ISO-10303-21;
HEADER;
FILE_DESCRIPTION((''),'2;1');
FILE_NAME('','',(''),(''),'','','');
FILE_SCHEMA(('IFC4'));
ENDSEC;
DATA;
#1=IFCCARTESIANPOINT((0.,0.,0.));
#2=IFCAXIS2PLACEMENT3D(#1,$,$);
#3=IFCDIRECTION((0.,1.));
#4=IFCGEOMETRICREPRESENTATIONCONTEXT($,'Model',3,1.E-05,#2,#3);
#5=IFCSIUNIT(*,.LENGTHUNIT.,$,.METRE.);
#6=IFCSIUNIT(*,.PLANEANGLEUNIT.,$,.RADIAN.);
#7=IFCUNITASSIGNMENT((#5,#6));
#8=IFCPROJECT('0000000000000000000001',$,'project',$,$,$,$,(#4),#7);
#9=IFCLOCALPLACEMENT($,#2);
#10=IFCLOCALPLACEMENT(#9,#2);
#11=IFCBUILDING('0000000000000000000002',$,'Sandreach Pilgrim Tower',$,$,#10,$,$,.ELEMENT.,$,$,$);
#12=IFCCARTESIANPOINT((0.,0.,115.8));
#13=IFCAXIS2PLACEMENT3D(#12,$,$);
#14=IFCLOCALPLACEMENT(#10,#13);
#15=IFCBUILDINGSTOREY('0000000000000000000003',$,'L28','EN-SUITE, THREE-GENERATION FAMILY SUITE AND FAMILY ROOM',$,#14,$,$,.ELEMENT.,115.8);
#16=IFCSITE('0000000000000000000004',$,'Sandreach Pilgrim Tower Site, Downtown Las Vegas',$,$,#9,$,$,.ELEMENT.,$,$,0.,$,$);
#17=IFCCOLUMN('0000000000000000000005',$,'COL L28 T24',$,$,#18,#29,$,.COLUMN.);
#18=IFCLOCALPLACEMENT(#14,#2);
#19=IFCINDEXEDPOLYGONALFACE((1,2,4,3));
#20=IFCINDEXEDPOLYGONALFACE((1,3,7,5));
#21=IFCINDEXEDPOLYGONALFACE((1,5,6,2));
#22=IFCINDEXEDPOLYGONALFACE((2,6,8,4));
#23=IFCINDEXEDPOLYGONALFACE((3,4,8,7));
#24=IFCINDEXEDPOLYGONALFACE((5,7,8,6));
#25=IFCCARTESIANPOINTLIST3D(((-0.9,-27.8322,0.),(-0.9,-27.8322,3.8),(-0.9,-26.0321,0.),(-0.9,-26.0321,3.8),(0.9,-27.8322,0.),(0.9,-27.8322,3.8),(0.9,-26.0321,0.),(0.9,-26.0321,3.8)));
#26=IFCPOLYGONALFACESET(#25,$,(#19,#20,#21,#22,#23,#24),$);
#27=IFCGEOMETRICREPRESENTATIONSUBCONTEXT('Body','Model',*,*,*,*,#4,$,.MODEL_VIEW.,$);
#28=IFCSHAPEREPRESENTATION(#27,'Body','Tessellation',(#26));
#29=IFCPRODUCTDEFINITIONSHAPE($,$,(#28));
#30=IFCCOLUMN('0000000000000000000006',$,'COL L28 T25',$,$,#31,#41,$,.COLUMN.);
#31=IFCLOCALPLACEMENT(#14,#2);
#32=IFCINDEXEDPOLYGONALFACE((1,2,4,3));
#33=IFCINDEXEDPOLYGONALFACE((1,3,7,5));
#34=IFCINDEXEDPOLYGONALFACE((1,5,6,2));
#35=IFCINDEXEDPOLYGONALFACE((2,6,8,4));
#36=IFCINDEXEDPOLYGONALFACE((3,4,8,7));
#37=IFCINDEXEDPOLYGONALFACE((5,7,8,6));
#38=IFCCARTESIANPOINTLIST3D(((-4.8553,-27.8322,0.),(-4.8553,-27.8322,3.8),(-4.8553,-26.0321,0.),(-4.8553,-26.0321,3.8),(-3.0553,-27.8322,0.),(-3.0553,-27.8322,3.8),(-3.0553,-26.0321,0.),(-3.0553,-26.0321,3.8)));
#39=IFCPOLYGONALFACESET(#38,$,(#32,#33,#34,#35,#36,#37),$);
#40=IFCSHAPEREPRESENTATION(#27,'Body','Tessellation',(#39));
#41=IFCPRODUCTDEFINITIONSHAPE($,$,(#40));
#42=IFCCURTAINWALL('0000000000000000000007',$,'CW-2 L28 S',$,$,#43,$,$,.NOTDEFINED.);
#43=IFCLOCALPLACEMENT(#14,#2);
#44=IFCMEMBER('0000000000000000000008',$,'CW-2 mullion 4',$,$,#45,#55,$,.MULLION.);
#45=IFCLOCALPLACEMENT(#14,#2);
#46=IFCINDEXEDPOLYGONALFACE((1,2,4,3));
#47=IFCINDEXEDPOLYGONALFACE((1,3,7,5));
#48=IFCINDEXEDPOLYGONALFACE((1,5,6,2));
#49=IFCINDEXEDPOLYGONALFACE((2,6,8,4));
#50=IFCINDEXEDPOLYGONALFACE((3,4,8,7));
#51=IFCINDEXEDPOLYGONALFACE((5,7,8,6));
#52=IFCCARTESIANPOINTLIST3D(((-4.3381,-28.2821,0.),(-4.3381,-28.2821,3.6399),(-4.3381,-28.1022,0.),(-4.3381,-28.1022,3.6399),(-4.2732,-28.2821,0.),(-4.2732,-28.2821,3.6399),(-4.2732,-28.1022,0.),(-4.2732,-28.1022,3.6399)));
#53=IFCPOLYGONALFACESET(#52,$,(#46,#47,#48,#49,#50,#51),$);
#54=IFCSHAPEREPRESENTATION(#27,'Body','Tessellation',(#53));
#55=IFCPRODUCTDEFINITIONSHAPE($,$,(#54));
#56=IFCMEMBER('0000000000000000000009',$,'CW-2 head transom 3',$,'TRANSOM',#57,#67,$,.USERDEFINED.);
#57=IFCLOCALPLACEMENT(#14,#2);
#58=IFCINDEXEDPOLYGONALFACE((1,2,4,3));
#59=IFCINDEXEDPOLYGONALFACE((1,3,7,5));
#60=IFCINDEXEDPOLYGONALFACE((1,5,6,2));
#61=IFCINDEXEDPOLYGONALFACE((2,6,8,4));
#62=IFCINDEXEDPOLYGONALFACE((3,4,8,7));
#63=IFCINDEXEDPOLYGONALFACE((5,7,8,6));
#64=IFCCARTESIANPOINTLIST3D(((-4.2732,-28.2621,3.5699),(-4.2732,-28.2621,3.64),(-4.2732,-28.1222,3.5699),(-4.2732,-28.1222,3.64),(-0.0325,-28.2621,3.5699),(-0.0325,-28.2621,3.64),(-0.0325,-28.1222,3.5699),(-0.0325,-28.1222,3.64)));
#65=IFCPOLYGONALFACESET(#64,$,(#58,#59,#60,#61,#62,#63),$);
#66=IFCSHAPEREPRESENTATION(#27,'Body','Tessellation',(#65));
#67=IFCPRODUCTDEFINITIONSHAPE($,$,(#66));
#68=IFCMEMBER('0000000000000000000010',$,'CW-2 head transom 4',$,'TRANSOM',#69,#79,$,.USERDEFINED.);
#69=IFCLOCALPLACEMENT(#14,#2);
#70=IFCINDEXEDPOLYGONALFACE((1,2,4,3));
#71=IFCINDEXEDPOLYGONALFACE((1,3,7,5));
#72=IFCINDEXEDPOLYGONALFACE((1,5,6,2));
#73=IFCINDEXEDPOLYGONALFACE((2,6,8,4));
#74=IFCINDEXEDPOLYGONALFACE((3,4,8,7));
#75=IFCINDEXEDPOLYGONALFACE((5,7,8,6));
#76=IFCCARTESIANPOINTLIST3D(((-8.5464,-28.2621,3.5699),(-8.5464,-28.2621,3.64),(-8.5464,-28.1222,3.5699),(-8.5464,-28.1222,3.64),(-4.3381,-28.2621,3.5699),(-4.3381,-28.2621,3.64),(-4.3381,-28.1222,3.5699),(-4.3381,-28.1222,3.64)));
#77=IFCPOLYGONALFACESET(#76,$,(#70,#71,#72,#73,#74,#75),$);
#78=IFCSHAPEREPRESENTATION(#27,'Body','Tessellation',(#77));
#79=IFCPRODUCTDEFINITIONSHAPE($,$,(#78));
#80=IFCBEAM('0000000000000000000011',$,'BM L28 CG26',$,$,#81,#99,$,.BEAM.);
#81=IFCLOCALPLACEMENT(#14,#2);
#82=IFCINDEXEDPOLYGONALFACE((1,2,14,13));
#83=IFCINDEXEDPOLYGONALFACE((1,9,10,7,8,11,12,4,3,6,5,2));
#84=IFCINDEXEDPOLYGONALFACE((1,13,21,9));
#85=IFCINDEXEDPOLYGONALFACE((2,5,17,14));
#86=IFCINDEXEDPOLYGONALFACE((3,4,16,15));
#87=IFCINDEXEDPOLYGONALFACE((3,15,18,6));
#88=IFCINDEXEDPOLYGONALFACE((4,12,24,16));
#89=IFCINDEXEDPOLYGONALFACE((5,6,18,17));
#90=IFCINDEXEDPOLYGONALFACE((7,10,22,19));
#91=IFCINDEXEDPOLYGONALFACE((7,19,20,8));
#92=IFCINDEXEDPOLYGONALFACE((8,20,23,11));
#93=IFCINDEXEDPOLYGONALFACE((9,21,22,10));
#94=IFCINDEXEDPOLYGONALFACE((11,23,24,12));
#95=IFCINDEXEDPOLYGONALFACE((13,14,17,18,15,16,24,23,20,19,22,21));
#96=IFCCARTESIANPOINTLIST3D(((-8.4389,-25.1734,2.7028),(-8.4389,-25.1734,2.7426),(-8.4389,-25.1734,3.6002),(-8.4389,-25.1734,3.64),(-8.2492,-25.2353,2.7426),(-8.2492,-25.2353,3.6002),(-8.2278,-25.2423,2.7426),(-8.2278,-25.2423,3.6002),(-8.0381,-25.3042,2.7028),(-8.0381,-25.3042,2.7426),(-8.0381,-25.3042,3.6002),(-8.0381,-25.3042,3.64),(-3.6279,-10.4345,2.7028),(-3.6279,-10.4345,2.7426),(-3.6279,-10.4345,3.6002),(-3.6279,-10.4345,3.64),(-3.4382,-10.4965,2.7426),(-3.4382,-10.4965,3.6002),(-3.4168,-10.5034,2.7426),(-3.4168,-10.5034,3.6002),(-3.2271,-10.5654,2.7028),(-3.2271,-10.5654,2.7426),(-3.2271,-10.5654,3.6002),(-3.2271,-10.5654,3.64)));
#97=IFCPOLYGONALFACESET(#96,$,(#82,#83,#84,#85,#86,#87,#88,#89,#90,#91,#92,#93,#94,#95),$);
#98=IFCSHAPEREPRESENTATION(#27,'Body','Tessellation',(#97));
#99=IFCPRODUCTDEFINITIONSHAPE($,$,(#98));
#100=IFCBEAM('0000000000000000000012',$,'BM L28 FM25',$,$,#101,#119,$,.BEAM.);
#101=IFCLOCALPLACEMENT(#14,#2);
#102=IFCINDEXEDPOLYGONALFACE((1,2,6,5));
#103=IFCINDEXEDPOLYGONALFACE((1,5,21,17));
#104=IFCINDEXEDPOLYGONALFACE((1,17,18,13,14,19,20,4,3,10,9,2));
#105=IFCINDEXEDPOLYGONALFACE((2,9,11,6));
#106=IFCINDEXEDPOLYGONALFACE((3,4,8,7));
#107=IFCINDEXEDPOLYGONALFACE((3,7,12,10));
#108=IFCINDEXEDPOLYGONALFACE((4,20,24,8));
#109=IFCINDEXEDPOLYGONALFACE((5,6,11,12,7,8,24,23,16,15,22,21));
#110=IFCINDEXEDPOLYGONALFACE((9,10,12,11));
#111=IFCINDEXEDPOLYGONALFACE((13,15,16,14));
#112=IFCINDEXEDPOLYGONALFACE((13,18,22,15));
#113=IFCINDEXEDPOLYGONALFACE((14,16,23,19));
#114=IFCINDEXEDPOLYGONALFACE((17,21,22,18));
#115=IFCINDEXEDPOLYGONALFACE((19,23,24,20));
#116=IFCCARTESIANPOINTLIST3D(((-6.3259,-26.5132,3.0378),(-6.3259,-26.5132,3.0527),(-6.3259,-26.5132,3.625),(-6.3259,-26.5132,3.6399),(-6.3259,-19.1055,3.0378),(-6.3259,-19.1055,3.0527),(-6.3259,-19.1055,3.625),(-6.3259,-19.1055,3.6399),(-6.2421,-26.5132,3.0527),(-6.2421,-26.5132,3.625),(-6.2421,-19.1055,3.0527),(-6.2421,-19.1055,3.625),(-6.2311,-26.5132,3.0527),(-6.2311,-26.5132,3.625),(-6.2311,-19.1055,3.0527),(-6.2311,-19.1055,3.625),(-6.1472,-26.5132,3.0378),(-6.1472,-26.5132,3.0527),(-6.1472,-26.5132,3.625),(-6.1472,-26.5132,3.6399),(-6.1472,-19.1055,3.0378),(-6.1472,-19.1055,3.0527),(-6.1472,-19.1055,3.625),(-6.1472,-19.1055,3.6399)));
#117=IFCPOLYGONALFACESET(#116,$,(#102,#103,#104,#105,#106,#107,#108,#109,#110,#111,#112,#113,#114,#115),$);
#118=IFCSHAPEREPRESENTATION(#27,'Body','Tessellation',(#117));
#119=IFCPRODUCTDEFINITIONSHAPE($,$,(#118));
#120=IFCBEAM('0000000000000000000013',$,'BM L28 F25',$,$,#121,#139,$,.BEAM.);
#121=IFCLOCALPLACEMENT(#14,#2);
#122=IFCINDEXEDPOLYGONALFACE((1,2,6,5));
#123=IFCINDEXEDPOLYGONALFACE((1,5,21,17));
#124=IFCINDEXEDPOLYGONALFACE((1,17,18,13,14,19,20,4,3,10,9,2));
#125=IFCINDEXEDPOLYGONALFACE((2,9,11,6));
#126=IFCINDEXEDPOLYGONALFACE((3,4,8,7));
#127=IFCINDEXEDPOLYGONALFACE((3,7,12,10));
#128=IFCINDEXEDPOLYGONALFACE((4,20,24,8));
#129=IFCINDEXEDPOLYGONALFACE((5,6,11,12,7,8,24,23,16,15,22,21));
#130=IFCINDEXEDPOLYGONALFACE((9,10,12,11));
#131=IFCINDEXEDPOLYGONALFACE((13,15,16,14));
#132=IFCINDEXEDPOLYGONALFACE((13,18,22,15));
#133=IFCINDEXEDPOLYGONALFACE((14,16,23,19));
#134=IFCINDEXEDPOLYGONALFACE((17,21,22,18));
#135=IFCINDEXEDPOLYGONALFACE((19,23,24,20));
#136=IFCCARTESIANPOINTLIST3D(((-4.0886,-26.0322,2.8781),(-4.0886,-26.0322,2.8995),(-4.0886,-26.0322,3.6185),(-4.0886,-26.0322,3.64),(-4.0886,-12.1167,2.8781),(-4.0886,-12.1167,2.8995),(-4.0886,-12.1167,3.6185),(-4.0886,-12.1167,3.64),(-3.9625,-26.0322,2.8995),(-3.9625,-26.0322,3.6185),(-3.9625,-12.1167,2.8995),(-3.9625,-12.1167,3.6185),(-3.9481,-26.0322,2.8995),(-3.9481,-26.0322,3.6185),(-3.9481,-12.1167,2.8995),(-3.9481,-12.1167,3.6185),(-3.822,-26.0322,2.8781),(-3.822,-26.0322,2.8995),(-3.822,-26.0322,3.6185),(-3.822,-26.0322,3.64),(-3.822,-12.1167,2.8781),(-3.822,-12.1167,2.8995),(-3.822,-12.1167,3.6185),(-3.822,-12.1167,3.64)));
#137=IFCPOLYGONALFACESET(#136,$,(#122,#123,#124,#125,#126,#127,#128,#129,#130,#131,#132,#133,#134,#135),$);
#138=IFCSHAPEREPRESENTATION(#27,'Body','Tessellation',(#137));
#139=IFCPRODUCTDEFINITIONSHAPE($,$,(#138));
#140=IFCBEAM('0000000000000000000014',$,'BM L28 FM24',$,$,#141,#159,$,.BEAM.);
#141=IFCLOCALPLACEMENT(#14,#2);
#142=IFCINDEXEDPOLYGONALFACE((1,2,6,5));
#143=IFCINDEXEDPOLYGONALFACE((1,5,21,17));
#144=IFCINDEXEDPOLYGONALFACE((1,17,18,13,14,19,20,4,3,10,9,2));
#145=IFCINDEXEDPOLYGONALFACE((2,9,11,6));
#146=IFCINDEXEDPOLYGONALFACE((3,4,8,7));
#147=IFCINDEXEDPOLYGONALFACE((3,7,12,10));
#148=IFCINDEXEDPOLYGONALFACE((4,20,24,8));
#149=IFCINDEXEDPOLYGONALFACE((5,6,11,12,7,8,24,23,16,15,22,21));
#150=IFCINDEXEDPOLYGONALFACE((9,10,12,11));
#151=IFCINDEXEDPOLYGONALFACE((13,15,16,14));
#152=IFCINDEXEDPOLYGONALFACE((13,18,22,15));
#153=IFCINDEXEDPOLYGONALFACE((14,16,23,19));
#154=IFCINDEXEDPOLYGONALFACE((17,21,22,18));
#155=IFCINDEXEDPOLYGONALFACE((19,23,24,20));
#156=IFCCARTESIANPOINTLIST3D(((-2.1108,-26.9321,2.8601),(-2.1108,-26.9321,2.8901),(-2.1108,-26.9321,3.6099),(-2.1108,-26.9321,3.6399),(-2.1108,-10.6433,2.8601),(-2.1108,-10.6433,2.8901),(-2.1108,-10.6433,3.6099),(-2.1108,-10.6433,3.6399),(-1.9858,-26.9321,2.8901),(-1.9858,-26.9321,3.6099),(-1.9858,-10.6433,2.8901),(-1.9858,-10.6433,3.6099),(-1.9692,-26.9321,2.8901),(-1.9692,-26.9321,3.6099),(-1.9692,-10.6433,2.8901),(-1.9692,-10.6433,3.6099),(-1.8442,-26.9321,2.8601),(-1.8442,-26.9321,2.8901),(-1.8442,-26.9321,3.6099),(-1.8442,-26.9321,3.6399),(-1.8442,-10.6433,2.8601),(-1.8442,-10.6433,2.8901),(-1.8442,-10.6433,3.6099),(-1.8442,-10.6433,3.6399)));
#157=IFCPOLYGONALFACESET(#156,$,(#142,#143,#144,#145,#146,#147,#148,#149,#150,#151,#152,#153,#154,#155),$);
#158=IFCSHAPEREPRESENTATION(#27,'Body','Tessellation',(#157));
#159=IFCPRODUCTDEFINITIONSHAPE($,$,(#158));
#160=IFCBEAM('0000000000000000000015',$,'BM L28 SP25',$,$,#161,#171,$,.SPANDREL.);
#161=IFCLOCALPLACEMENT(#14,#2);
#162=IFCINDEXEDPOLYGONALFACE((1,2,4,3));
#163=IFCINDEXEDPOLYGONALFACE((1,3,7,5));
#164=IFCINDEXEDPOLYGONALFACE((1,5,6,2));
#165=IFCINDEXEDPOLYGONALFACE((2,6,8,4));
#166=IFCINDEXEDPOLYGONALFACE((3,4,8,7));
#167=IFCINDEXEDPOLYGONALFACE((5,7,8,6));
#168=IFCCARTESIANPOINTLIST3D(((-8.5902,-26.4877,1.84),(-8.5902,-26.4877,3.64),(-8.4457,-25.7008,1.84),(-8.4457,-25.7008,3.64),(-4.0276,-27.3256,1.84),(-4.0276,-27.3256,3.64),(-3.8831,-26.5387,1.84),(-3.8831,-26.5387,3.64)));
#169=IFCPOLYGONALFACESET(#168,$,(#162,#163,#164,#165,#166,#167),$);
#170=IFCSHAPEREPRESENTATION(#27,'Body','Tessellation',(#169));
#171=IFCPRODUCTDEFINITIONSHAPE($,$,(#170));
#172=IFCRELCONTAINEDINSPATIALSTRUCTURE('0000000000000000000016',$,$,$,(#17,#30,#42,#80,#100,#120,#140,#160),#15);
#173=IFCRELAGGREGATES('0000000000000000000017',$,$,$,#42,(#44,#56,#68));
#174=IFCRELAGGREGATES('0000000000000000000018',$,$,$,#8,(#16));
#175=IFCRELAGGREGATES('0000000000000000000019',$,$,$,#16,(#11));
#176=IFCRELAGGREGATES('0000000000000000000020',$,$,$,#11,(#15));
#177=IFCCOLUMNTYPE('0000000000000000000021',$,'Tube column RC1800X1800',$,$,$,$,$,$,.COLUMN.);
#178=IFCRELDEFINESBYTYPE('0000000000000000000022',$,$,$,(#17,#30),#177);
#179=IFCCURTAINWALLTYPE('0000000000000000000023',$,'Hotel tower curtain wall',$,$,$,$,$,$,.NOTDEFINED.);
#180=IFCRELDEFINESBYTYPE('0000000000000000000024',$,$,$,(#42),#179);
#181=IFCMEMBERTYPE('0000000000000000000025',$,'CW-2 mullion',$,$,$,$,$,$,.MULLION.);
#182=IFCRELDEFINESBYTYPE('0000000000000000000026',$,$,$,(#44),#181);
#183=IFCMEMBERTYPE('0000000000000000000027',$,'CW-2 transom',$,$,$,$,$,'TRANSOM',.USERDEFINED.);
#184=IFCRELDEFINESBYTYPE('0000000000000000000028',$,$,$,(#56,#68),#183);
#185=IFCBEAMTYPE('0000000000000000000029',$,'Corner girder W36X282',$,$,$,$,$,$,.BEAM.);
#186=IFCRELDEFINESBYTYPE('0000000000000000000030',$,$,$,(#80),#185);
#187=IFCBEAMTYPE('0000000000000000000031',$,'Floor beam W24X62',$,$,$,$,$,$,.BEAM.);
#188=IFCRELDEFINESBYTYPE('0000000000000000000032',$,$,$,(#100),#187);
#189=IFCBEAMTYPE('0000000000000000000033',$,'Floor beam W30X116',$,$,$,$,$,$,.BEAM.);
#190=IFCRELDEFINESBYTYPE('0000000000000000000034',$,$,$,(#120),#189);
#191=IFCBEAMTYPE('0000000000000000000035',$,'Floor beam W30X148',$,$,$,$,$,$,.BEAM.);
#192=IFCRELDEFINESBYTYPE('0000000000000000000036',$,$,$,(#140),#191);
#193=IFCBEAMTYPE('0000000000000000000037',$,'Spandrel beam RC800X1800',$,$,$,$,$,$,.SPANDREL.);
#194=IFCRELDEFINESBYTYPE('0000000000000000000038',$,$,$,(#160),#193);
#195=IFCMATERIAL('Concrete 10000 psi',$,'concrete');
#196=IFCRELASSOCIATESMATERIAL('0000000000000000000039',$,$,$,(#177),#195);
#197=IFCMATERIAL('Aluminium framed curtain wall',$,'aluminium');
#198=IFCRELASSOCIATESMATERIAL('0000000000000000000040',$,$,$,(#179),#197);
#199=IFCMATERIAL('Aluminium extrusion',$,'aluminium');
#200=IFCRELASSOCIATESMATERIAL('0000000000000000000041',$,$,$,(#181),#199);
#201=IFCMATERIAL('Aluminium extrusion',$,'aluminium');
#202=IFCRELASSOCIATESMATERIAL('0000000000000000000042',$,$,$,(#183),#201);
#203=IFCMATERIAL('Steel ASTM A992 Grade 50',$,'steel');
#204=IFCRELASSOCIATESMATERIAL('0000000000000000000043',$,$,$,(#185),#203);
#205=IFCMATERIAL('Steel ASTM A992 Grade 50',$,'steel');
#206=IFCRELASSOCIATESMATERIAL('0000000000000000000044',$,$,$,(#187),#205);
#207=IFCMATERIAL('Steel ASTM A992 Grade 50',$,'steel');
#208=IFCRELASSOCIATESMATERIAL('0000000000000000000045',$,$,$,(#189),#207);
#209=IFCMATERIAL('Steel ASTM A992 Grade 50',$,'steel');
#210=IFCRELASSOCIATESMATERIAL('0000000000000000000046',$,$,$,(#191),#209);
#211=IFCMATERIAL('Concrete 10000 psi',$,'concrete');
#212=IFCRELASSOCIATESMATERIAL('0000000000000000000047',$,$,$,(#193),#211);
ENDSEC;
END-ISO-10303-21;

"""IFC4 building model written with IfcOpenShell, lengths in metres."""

from ifc_helpers import new_model, si_unit, direction, frame, origin, origin_2d, place, context, subcontext, project, spatial, rectangle, i_section, extrude, material, material_profile, profile_set, type_object, element, aggregate, save


model = new_model("IFC4")

# Units and contexts
model_context = context("Model", 3, precision=1e-05, world=origin(), true_north=direction((0.0, 1.0)))
body_context = subcontext(model_context, "Body", "Model", "MODEL_VIEW")
ifc_project = project(units=[si_unit("LENGTHUNIT", "METRE"), si_unit("PLANEANGLEUNIT", "RADIAN")], contexts=[model_context])

# Site, building, storey
site_placement = place(None, origin())
site = spatial("IfcSite", under=ifc_project, at=site_placement, Name="Sandreach Pilgrim Tower Site, Downtown Las Vegas", CompositionType="ELEMENT", RefElevation=0.0)
building_placement = place(site_placement, origin())
building = spatial("IfcBuilding", under=site, at=building_placement, Name="Sandreach Pilgrim Tower", CompositionType="ELEMENT")
storey_placement = place(building_placement, frame((0.0, 0.0, 115.8)))
storey = spatial("IfcBuildingStorey", under=building, at=storey_placement, Name="L28", Description="EN-SUITE, THREE-GENERATION FAMILY SUITE AND FAMILY ROOM", CompositionType="ELEMENT", Elevation=115.8)

# Columns
ifc_material_1 = material(Name="Concrete 10000 psi", Category="concrete")
ifc_material_profile_1 = material_profile(ifc_material_1, rectangle(XDim=1.8, YDim=1.8, at=origin_2d()), Name="RC1800X1800")
ifc_profile_set_1 = profile_set([ifc_material_profile_1], Name="Concrete 10000 psi")
column_type = type_object("IfcColumnType", Name="Tube column RC1800X1800", PredefinedType="COLUMN", material=ifc_profile_set_1)
for number, where, z_axis, x_axis, name in (
    (1, (0.0, -26.9321, 0.0), (0.0, 0.0, 1.0), (0.0, -1.0, 0.0), "COL L28 T24"),
    (2, (-3.9553, -26.9321, 0.0), (0.0, 0.0, 1.0), (0.0, -1.0, 0.0), "COL L28 T25"),
):
    element("IfcColumn", number, at=place(storey_placement, frame(where, z_axis=z_axis, x_axis=x_axis)), inside=storey, type_object=column_type, Name=name, PredefinedType="COLUMN", context=body_context, shape_type="SweptSolid", body=[
        extrude(rectangle(XDim=1.8, YDim=1.8, at=origin_2d()), origin(), (0.0, 0.0, 1.0), 3.8),
    ])

# Curtain wall, members
ifc_material_2 = material(Name="Aluminium framed curtain wall", Category="aluminium")
curtain_wall_type = type_object("IfcCurtainWallType", Name="Hotel tower curtain wall", PredefinedType="NOTDEFINED", material=ifc_material_2)
curtain_wall_placement = place(storey_placement, origin())
curtain_wall = element("IfcCurtainWall", 3, at=curtain_wall_placement, inside=storey, type_object=curtain_wall_type, Name="CW-2 L28 S", PredefinedType="NOTDEFINED")
ifc_material_3 = material(Name="Aluminium extrusion", Category="aluminium")
ifc_material_profile_2 = material_profile(ifc_material_3, rectangle(XDim=0.0649, YDim=0.1799, at=origin_2d()), Name="CW-2M 65X180")
ifc_profile_set_2 = profile_set([ifc_material_profile_2], Name="Aluminium extrusion")
member_type_1 = type_object("IfcMemberType", Name="CW-2 mullion", PredefinedType="MULLION", material=ifc_profile_set_2)
member_1_placement = place(storey_placement, frame((-4.3057, -28.1921, 0.0), z_axis=(0.0, 0.0, 1.0), x_axis=(-1.0, 0.0, 0.0)))
member_1 = element("IfcMember", 4, at=member_1_placement, type_object=member_type_1, Name="CW-2 mullion 4", PredefinedType="MULLION", context=body_context, shape_type="SweptSolid", body=[
    extrude(rectangle(XDim=0.0649, YDim=0.1799, at=origin_2d()), origin(), (0.0, 0.0, 1.0), 3.6399),
])
ifc_material_4 = material(Name="Aluminium extrusion", Category="aluminium")
ifc_material_profile_3 = material_profile(ifc_material_4, rectangle(XDim=0.1399, YDim=0.0701, at=origin_2d()), Name="CW-2T 140X70")
ifc_profile_set_3 = profile_set([ifc_material_profile_3], Name="Aluminium extrusion")
member_type_2 = type_object("IfcMemberType", Name="CW-2 transom", ElementType="TRANSOM", PredefinedType="USERDEFINED", material=ifc_profile_set_3)
member_2_placement = place(storey_placement, frame((-0.0325, -28.1921, 3.605), z_axis=(-1.0, 0.0, 0.0), x_axis=(0.0, -1.0, 0.0)))
member_2 = element("IfcMember", 5, at=member_2_placement, type_object=member_type_2, Name="CW-2 head transom 3", ObjectType="TRANSOM", PredefinedType="USERDEFINED", context=body_context, shape_type="SweptSolid", body=[
    extrude(rectangle(XDim=0.1399, YDim=0.0701, at=origin_2d()), origin(), (0.0, 0.0, 1.0), 4.2407),
])
member_3_placement = place(storey_placement, frame((-4.3381, -28.1921, 3.605), z_axis=(-1.0, 0.0, 0.0), x_axis=(0.0, -1.0, 0.0)))
member_3 = element("IfcMember", 6, at=member_3_placement, type_object=member_type_2, Name="CW-2 head transom 4", ObjectType="TRANSOM", PredefinedType="USERDEFINED", context=body_context, shape_type="SweptSolid", body=[
    extrude(rectangle(XDim=0.1399, YDim=0.0701, at=origin_2d()), origin(), (0.0, 0.0, 1.0), 4.2083),
])

# Beams
ifc_material_5 = material(Name="Steel ASTM A992 Grade 50", Category="steel")
ifc_material_profile_4 = material_profile(ifc_material_5, i_section(OverallWidth=0.4216, OverallDepth=0.9373, WebThickness=0.0225, FlangeThickness=0.0398, at=origin_2d()), Name="W36X282")
ifc_profile_set_4 = profile_set([ifc_material_profile_4], Name="Steel ASTM A992 Grade 50")
beam_type_1 = type_object("IfcBeamType", Name="Corner girder W36X282", PredefinedType="BEAM", material=ifc_profile_set_4)
beam_1_placement = place(storey_placement, frame((-8.2385, -25.2388, 3.1714), z_axis=(0.310307, 0.950636, 0.0), x_axis=(-0.950636, 0.310307, 0.0)))
element("IfcBeam", 7, at=beam_1_placement, inside=storey, type_object=beam_type_1, Name="BM L28 CG26", PredefinedType="BEAM", context=body_context, shape_type="SweptSolid", body=[
    extrude(i_section(OverallWidth=0.4216, OverallDepth=0.9373, WebThickness=0.0225, FlangeThickness=0.0398, at=origin_2d()), origin(), (0.0, 0.0, 1.0), 15.5042),
])
ifc_material_6 = material(Name="Steel ASTM A992 Grade 50", Category="steel")
ifc_material_profile_5 = material_profile(ifc_material_6, i_section(OverallWidth=0.1787, OverallDepth=0.6021, WebThickness=0.011, FlangeThickness=0.0149, at=origin_2d()), Name="W24X62")
ifc_profile_set_5 = profile_set([ifc_material_profile_5], Name="Steel ASTM A992 Grade 50")
beam_type_2 = type_object("IfcBeamType", Name="Floor beam W24X62", PredefinedType="BEAM", material=ifc_profile_set_5)
beam_2_placement = place(storey_placement, frame((-6.2366, -26.5132, 3.3389), z_axis=(0.0, 1.0, 0.0), x_axis=(-1.0, 0.0, 0.0)))
element("IfcBeam", 8, at=beam_2_placement, inside=storey, type_object=beam_type_2, Name="BM L28 FM25", PredefinedType="BEAM", context=body_context, shape_type="SweptSolid", body=[
    extrude(i_section(OverallWidth=0.1787, OverallDepth=0.6021, WebThickness=0.011, FlangeThickness=0.0149, at=origin_2d()), origin(), (0.0, 0.0, 1.0), 7.4077),
])
ifc_material_7 = material(Name="Steel ASTM A992 Grade 50", Category="steel")
ifc_material_profile_6 = material_profile(ifc_material_7, i_section(OverallWidth=0.2666, OverallDepth=0.762, WebThickness=0.0144, FlangeThickness=0.0215, at=origin_2d()), Name="W30X116")
ifc_profile_set_6 = profile_set([ifc_material_profile_6], Name="Steel ASTM A992 Grade 50")
beam_type_3 = type_object("IfcBeamType", Name="Floor beam W30X116", PredefinedType="BEAM", material=ifc_profile_set_6)
beam_3_placement = place(storey_placement, frame((-3.9553, -26.0322, 3.259), z_axis=(0.0, 1.0, 0.0), x_axis=(-1.0, 0.0, 0.0)))
element("IfcBeam", 9, at=beam_3_placement, inside=storey, type_object=beam_type_3, Name="BM L28 F25", PredefinedType="BEAM", context=body_context, shape_type="SweptSolid", body=[
    extrude(i_section(OverallWidth=0.2666, OverallDepth=0.762, WebThickness=0.0144, FlangeThickness=0.0215, at=origin_2d()), origin(), (0.0, 0.0, 1.0), 13.9155),
])
ifc_material_8 = material(Name="Steel ASTM A992 Grade 50", Category="steel")
ifc_material_profile_7 = material_profile(ifc_material_8, i_section(OverallWidth=0.2666, OverallDepth=0.7798, WebThickness=0.0166, FlangeThickness=0.03, at=origin_2d()), Name="W30X148")
ifc_profile_set_7 = profile_set([ifc_material_profile_7], Name="Steel ASTM A992 Grade 50")
beam_type_4 = type_object("IfcBeamType", Name="Floor beam W30X148", PredefinedType="BEAM", material=ifc_profile_set_7)
beam_4_placement = place(storey_placement, frame((-1.9775, -26.9321, 3.25), z_axis=(0.0, 1.0, 0.0), x_axis=(-1.0, 0.0, 0.0)))
element("IfcBeam", 10, at=beam_4_placement, inside=storey, type_object=beam_type_4, Name="BM L28 FM24", PredefinedType="BEAM", context=body_context, shape_type="SweptSolid", body=[
    extrude(i_section(OverallWidth=0.2666, OverallDepth=0.7798, WebThickness=0.0166, FlangeThickness=0.03, at=origin_2d()), origin(), (0.0, 0.0, 1.0), 16.2888),
])
ifc_material_9 = material(Name="Concrete 10000 psi", Category="concrete")
ifc_material_profile_8 = material_profile(ifc_material_9, rectangle(XDim=0.8, YDim=1.8, at=origin_2d()), Name="RC800X1800")
ifc_profile_set_8 = profile_set([ifc_material_profile_8], Name="Concrete 10000 psi")
beam_type_5 = type_object("IfcBeamType", Name="Spandrel beam RC800X1800", PredefinedType="SPANDREL", material=ifc_profile_set_8)
beam_5_placement = place(storey_placement, frame((-3.9553, -26.9321, 2.74), z_axis=(-0.983552, 0.180627, 0.0), x_axis=(-0.180627, -0.983552, 0.0)))
element("IfcBeam", 11, at=beam_5_placement, inside=storey, type_object=beam_type_5, Name="BM L28 SP25", PredefinedType="SPANDREL", context=body_context, shape_type="SweptSolid", body=[
    extrude(rectangle(XDim=0.8, YDim=1.8, at=origin_2d()), origin(), (0.0, 0.0, 1.0), 4.6389),
])

aggregate(curtain_wall, [member_1, member_2, member_3])

save(model, "model.ifc")
